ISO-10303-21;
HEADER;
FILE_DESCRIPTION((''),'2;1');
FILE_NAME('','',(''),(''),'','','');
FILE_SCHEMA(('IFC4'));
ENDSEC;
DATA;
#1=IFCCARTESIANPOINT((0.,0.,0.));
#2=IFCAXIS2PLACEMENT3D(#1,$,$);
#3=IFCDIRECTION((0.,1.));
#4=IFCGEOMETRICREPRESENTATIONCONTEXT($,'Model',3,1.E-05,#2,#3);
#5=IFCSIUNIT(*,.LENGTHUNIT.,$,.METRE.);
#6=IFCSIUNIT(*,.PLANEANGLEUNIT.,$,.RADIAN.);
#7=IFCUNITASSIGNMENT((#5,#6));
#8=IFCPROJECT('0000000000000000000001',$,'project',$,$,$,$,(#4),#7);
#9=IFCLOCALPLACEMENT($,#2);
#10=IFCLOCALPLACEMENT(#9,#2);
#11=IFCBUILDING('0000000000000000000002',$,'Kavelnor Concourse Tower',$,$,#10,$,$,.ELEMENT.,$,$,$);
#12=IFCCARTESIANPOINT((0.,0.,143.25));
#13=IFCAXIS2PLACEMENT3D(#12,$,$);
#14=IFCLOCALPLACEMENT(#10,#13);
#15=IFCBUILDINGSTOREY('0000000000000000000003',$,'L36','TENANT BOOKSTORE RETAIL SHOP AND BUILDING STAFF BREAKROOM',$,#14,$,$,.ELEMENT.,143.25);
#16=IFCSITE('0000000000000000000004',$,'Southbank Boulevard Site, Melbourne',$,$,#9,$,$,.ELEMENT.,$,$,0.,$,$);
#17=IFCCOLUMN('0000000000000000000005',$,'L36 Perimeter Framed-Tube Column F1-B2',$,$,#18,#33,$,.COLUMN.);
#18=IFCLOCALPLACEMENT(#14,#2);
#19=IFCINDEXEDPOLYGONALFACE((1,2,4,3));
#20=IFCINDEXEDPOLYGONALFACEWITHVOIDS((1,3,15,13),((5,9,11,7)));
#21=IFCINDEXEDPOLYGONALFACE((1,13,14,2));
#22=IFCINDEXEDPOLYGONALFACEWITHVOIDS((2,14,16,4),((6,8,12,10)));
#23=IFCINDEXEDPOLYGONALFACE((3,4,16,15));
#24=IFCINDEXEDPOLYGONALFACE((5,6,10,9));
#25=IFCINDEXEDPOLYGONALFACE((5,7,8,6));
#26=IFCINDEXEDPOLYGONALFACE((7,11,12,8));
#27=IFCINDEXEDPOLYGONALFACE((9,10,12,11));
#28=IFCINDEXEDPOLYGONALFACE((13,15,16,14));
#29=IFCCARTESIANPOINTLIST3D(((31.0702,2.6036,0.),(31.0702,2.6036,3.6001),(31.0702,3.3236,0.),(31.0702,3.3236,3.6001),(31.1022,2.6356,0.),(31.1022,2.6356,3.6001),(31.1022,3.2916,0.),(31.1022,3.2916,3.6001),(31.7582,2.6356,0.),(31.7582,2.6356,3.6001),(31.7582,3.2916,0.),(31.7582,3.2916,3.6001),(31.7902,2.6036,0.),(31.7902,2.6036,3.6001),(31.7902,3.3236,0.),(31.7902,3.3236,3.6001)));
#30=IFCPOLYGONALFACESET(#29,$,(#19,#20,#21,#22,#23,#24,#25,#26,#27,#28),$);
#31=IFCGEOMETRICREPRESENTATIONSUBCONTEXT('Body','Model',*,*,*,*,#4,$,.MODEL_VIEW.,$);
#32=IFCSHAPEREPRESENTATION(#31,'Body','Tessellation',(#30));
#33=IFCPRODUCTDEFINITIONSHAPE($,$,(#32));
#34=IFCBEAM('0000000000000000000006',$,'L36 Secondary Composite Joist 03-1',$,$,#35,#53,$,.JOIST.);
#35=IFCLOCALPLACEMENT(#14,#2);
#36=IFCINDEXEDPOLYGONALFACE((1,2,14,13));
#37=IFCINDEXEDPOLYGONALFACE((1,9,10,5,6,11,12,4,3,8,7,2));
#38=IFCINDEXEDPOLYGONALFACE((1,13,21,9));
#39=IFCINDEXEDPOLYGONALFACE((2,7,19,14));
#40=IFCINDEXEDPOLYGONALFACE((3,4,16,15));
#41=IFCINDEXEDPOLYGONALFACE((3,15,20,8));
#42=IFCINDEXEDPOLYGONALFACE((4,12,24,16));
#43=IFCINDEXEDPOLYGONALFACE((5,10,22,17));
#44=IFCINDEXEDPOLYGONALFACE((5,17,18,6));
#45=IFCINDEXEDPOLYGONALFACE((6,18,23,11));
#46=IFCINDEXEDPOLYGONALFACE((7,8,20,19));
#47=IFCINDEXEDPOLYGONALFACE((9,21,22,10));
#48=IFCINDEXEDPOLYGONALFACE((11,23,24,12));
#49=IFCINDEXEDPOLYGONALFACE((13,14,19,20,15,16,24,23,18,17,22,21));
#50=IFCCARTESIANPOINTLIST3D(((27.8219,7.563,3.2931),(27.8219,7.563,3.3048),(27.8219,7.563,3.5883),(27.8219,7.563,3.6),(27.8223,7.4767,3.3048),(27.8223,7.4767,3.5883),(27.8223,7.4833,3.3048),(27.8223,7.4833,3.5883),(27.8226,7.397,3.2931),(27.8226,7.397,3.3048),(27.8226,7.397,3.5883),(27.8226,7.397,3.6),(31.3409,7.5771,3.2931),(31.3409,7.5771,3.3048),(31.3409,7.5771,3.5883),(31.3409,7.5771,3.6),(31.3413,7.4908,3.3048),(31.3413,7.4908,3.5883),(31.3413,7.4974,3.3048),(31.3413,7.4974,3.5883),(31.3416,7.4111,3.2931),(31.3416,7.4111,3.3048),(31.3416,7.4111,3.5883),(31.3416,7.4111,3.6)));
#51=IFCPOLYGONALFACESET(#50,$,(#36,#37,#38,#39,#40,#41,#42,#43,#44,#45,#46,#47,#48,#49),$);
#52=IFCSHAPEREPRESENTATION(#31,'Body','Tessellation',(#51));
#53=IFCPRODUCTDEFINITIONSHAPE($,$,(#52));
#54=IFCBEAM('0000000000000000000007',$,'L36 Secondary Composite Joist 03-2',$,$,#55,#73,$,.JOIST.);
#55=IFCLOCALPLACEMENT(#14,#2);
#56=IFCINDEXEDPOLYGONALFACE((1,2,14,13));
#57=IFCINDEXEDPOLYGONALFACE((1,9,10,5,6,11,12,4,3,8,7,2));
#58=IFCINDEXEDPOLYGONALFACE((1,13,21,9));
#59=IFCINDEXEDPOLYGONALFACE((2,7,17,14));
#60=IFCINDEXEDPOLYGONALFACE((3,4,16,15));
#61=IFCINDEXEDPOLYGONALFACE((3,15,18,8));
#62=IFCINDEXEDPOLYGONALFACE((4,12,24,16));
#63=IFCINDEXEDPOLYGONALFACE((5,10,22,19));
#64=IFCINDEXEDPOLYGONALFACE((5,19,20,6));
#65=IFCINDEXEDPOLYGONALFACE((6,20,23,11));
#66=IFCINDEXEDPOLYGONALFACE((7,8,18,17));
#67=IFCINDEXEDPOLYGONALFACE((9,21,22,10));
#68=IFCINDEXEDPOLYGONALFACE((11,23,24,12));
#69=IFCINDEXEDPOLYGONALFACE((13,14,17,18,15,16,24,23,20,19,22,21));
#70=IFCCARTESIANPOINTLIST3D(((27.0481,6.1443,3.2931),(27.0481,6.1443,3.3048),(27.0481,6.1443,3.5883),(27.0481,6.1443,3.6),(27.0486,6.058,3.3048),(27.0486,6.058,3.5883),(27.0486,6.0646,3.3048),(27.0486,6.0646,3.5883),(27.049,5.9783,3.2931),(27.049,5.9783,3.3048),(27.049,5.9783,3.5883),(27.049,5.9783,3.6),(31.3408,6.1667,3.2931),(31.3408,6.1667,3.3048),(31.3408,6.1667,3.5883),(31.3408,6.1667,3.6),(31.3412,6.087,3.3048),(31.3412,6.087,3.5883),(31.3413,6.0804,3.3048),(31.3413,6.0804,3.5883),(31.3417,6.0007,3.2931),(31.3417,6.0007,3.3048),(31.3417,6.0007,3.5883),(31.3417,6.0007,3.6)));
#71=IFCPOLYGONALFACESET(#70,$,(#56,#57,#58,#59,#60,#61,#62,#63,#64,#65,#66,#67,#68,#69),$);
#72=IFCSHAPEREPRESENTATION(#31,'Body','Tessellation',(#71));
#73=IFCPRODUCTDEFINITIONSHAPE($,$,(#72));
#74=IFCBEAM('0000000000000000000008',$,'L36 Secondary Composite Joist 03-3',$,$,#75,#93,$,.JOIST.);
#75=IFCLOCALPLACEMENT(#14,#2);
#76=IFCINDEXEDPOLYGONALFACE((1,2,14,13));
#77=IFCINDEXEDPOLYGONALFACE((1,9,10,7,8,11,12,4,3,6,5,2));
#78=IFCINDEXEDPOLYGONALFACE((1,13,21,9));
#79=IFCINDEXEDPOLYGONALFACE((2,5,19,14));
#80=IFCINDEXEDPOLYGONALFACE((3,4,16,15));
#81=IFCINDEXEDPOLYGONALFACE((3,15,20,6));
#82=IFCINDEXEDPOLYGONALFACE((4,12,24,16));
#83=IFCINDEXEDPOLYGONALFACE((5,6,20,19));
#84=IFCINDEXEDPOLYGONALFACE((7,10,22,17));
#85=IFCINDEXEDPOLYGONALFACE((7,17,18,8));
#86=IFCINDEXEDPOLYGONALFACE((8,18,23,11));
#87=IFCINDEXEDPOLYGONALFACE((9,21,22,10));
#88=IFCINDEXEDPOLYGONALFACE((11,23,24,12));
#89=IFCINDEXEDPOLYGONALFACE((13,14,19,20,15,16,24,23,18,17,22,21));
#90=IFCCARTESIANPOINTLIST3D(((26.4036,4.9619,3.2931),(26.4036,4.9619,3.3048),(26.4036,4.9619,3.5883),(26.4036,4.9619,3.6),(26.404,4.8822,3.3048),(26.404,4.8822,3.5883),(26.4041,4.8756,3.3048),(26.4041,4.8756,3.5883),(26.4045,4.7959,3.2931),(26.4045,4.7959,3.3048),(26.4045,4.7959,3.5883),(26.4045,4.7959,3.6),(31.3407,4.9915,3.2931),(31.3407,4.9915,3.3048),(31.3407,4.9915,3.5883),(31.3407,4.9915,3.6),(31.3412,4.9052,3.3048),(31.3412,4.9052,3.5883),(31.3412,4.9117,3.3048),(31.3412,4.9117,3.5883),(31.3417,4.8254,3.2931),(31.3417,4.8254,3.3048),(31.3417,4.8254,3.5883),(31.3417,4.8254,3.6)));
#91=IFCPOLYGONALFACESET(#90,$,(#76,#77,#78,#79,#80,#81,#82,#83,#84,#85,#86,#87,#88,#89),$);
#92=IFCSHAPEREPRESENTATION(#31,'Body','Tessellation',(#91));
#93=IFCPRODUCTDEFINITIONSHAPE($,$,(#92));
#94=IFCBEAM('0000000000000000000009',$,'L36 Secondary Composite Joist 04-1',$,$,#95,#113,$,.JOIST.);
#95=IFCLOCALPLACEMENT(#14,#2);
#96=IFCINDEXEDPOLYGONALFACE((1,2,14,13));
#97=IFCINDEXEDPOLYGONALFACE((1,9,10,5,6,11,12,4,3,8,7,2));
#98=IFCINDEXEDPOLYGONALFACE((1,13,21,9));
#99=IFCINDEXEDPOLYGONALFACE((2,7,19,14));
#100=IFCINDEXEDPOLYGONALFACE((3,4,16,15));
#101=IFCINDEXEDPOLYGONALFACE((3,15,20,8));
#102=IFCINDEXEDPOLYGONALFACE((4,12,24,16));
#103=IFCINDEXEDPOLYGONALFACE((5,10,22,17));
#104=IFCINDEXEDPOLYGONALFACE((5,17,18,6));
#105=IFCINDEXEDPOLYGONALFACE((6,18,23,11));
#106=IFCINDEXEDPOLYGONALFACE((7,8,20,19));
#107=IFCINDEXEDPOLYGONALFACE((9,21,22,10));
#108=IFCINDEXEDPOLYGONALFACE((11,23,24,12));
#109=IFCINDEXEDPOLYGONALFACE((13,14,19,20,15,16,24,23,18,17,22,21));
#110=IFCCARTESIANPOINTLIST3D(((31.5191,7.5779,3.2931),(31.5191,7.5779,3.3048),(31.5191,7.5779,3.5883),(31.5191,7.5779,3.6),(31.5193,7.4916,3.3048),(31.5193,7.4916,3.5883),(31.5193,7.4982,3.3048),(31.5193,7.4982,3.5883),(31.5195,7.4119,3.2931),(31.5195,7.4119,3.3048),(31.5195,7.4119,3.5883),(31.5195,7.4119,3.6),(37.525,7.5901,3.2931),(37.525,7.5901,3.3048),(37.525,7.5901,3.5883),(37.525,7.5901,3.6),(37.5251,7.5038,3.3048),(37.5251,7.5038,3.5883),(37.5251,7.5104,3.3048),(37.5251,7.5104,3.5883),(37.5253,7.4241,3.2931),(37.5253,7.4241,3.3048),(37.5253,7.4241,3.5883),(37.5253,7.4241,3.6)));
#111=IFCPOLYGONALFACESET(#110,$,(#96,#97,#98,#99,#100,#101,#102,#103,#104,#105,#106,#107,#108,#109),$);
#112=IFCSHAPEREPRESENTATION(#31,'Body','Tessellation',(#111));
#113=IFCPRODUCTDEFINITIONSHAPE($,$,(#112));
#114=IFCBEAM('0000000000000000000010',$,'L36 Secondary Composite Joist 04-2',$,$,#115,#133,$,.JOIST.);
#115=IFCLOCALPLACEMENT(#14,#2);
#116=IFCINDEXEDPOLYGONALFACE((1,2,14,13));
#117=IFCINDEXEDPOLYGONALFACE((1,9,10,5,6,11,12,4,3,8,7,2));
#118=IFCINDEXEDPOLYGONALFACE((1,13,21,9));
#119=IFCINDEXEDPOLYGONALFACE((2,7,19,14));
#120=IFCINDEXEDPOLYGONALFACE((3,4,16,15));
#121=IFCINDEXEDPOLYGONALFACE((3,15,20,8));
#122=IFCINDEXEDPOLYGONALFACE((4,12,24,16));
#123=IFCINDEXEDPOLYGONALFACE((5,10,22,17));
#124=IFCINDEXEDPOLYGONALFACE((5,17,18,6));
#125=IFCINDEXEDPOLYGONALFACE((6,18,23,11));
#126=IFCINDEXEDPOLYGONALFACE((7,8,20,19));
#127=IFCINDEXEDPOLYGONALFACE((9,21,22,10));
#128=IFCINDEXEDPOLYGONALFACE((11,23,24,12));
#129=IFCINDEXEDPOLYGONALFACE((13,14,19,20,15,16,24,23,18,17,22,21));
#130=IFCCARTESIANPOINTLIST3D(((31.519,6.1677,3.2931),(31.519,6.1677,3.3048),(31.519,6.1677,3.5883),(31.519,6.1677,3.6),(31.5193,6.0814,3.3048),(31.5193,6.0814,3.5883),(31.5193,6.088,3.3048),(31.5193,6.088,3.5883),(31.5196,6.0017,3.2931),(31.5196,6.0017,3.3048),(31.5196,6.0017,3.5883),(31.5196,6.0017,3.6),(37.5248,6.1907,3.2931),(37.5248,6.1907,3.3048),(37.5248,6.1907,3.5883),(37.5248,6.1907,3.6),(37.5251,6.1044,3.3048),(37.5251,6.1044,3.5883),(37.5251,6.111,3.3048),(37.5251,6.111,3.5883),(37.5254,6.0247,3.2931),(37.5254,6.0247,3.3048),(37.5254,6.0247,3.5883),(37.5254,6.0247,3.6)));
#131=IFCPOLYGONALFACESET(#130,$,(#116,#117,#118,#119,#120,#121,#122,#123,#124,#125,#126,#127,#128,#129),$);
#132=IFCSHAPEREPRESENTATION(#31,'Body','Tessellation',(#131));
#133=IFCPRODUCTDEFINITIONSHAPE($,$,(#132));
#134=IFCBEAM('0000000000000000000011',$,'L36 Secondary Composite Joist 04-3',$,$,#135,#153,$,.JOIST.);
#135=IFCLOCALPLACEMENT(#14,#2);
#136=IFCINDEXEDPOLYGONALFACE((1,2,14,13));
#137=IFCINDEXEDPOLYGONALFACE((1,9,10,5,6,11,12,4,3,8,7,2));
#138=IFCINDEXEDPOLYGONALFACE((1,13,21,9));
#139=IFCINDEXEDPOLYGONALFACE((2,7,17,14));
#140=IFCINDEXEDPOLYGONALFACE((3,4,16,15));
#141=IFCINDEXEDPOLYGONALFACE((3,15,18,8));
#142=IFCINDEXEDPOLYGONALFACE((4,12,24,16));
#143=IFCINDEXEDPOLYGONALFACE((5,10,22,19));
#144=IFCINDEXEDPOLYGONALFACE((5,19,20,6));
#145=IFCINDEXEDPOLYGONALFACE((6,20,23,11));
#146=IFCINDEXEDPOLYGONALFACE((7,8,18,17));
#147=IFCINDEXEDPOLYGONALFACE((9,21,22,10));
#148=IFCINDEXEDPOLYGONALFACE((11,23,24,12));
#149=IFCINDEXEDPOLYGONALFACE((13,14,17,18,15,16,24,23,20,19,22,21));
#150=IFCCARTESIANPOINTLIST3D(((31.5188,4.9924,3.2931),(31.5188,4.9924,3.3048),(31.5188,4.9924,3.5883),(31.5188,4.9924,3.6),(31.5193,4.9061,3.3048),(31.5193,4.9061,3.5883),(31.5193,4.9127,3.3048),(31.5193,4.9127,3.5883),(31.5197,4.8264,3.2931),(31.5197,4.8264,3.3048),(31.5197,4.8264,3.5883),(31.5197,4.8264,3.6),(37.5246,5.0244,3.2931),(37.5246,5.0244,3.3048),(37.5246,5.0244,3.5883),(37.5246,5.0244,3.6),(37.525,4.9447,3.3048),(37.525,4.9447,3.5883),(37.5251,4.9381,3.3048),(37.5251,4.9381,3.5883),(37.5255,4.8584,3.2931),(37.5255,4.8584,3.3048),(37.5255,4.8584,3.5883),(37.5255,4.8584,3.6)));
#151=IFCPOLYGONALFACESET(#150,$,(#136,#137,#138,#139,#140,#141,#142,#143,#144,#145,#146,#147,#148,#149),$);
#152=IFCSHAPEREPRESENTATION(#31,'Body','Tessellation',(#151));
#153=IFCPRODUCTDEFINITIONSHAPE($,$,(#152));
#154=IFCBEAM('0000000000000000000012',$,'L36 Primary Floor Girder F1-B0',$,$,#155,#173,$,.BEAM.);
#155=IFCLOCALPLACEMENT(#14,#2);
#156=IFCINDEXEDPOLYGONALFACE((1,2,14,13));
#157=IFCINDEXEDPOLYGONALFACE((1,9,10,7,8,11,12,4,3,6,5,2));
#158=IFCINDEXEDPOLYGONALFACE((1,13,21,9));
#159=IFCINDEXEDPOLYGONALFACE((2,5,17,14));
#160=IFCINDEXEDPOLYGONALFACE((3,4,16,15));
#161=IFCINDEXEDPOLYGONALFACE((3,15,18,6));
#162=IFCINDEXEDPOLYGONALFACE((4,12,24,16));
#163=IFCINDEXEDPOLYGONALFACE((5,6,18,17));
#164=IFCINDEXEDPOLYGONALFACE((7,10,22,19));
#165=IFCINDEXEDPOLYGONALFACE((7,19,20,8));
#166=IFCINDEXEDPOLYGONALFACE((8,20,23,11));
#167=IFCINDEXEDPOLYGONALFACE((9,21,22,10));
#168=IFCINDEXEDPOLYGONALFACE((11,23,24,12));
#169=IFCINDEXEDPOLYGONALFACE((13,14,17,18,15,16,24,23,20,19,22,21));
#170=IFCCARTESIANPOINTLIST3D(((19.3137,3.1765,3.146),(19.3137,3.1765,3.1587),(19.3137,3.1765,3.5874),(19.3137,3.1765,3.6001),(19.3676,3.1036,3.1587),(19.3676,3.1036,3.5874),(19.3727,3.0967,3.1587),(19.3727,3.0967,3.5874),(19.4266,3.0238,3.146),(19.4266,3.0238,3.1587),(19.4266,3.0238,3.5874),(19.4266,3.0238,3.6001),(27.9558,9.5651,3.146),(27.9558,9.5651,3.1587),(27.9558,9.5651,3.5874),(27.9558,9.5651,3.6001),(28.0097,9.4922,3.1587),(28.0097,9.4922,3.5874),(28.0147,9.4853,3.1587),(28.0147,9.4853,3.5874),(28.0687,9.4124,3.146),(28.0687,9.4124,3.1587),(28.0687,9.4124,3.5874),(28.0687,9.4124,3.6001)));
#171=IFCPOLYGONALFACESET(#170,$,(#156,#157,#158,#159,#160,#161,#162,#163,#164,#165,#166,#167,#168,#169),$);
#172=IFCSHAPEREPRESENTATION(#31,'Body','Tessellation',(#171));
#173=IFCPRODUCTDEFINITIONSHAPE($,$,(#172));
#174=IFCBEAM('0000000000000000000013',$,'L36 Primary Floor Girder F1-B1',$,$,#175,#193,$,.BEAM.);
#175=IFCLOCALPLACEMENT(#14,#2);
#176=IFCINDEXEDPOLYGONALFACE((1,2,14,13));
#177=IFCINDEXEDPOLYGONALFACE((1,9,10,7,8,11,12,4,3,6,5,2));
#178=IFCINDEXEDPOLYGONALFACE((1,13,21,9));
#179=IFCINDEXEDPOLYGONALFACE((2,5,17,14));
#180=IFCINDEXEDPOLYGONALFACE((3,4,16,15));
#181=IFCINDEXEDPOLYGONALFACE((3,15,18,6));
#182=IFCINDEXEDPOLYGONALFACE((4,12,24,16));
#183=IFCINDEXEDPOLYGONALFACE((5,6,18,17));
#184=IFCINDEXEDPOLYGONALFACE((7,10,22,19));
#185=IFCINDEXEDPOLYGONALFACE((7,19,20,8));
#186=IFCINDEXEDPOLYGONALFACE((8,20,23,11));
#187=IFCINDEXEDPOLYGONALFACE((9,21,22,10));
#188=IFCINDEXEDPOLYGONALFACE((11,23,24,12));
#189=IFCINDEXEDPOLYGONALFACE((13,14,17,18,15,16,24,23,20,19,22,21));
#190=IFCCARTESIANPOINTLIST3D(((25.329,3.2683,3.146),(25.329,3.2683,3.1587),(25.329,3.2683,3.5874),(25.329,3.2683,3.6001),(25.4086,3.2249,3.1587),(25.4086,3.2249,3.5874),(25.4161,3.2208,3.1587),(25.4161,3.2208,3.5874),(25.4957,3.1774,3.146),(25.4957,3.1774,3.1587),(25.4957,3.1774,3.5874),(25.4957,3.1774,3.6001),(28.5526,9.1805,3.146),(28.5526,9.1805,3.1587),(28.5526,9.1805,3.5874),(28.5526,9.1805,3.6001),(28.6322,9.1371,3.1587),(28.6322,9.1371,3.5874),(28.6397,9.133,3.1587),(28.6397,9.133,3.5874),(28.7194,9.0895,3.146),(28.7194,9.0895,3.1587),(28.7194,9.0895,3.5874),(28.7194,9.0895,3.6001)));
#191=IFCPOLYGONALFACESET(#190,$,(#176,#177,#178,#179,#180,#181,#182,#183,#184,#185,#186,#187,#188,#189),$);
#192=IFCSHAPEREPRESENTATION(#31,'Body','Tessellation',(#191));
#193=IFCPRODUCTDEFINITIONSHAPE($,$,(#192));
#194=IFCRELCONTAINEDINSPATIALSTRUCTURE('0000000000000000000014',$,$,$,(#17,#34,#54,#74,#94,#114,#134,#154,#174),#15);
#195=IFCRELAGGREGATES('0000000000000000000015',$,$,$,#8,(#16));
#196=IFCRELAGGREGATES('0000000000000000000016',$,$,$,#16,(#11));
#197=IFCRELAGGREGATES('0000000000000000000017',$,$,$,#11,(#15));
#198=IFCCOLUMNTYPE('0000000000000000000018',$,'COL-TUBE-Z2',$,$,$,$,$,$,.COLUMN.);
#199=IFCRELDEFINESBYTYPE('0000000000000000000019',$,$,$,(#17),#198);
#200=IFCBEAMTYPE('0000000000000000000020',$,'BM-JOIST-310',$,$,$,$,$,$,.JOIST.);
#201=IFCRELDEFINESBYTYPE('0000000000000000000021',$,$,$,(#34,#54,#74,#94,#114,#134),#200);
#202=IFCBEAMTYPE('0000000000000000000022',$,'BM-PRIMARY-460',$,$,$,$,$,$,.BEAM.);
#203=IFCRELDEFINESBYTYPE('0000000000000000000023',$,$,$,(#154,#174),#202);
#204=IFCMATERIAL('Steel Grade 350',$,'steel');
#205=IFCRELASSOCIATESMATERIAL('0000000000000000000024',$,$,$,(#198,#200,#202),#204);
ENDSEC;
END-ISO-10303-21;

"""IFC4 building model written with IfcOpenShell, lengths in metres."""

from ifc_helpers import new_model, si_unit, direction, frame, origin, origin_2d, place, context, subcontext, project, spatial, hollow_rectangle, i_section, extrude, material, material_profile, profile_set, type_object, element, save


model = new_model("IFC4")

# Units and contexts
model_context = context("Model", 3, precision=1e-05, world=origin(), true_north=direction((0.0, 1.0)))
body_context = subcontext(model_context, "Body", "Model", "MODEL_VIEW")
ifc_project = project(units=[si_unit("LENGTHUNIT", "METRE"), si_unit("PLANEANGLEUNIT", "RADIAN")], contexts=[model_context])

# Site, building, storey
site_placement = place(None, origin())
site = spatial("IfcSite", under=ifc_project, at=site_placement, Name="Southbank Boulevard Site, Melbourne", CompositionType="ELEMENT", RefElevation=0.0)
building_placement = place(site_placement, origin())
building = spatial("IfcBuilding", under=site, at=building_placement, Name="Kavelnor Concourse Tower", CompositionType="ELEMENT")
storey_placement = place(building_placement, frame((0.0, 0.0, 143.25)))
storey = spatial("IfcBuildingStorey", under=building, at=storey_placement, Name="L36", Description="TENANT BOOKSTORE RETAIL SHOP AND BUILDING STAFF BREAKROOM", CompositionType="ELEMENT", Elevation=143.25)

# Column
ifc_material_1 = material(Name="Steel Grade 350", Category="steel")
ifc_material_profile_1 = material_profile(ifc_material_1, hollow_rectangle(XDim=0.72, YDim=0.72, WallThickness=0.032, at=origin_2d()), Name="SHS 720x720x32")
ifc_profile_set_1 = profile_set([ifc_material_profile_1], Name="Steel Grade 350")
column_type = type_object("IfcColumnType", Name="COL-TUBE-Z2", PredefinedType="COLUMN", material=ifc_profile_set_1)
column_placement = place(storey_placement, frame((31.4302, 2.9636, 0.0), z_axis=(0.0, 0.0, 1.0), x_axis=(1.0, 0.0, 0.0)))
element("IfcColumn", 1, at=column_placement, inside=storey, type_object=column_type, Name="L36 Perimeter Framed-Tube Column F1-B2", PredefinedType="COLUMN", context=body_context, shape_type="SweptSolid", body=[
    extrude(hollow_rectangle(XDim=0.72, YDim=0.72, WallThickness=0.032, at=origin_2d()), origin(), (0.0, 0.0, 1.0), 3.6001),
])

# Beams
ifc_material_profile_2 = material_profile(ifc_material_1, i_section(OverallWidth=0.166, OverallDepth=0.3069, WebThickness=0.0066, FlangeThickness=0.0117, at=origin_2d()), Name="310UB46")
ifc_profile_set_2 = profile_set([ifc_material_profile_2], Name="Steel Grade 350")
beam_type_1 = type_object("IfcBeamType", Name="BM-JOIST-310", PredefinedType="JOIST", material=ifc_profile_set_2)
beam_1_placement = place(storey_placement, frame((27.8223, 7.48, 3.4465), z_axis=(0.999992, 0.004024, 0.0), x_axis=(-0.004024, 0.999992, 0.0)))
element("IfcBeam", 2, at=beam_1_placement, inside=storey, type_object=beam_type_1, Name="L36 Secondary Composite Joist 03-1", PredefinedType="JOIST", context=body_context, shape_type="SweptSolid", body=[
    extrude(i_section(OverallWidth=0.166, OverallDepth=0.3069, WebThickness=0.0066, FlangeThickness=0.0117, at=origin_2d()), origin(), (0.0, 0.0, 1.0), 3.519),
])
beam_2_placement = place(storey_placement, frame((27.0486, 6.0613, 3.4465), z_axis=(0.999986, 0.005232, 0.0), x_axis=(-0.005232, 0.999986, 0.0)))
element("IfcBeam", 3, at=beam_2_placement, inside=storey, type_object=beam_type_1, Name="L36 Secondary Composite Joist 03-2", PredefinedType="JOIST", context=body_context, shape_type="SweptSolid", body=[
    extrude(i_section(OverallWidth=0.166, OverallDepth=0.3069, WebThickness=0.0066, FlangeThickness=0.0117, at=origin_2d()), origin(), (0.0, 0.0, 1.0), 4.2927),
])
beam_3_placement = place(storey_placement, frame((26.4041, 4.8789, 3.4465), z_axis=(0.999982, 0.005983, 0.0), x_axis=(-0.005983, 0.999982, 0.0)))
element("IfcBeam", 4, at=beam_3_placement, inside=storey, type_object=beam_type_1, Name="L36 Secondary Composite Joist 03-3", PredefinedType="JOIST", context=body_context, shape_type="SweptSolid", body=[
    extrude(i_section(OverallWidth=0.166, OverallDepth=0.3069, WebThickness=0.0066, FlangeThickness=0.0117, at=origin_2d()), origin(), (0.0, 0.0, 1.0), 4.9373),
])
for number, where, z_axis, x_axis, name in (
    (5, (31.5193, 7.4949, 3.4465), (0.999998, 0.002033, 0.0), (-0.002033, 0.999998, 0.0), "L36 Secondary Composite Joist 04-1"),
    (6, (31.5193, 6.0847, 3.4465), (0.999993, 0.003821, 0.0), (-0.003821, 0.999993, 0.0), "L36 Secondary Composite Joist 04-2"),
    (7, (31.5193, 4.9094, 3.4465), (0.999986, 0.005325, 0.0), (-0.005325, 0.999986, 0.0), "L36 Secondary Composite Joist 04-3"),
):
    element("IfcBeam", number, at=place(storey_placement, frame(where, z_axis=z_axis, x_axis=x_axis)), inside=storey, type_object=beam_type_1, Name=name, PredefinedType="JOIST", context=body_context, shape_type="SweptSolid", body=[
        extrude(i_section(OverallWidth=0.166, OverallDepth=0.3069, WebThickness=0.0066, FlangeThickness=0.0117, at=origin_2d()), origin(), (0.0, 0.0, 1.0), 6.0059),
    ])
ifc_material_profile_3 = material_profile(ifc_material_1, i_section(OverallWidth=0.1899, OverallDepth=0.4541, WebThickness=0.0085, FlangeThickness=0.0127, at=origin_2d()), Name="460UB67")
ifc_profile_set_3 = profile_set([ifc_material_profile_3], Name="Steel Grade 350")
beam_type_2 = type_object("IfcBeamType", Name="BM-PRIMARY-460", PredefinedType="BEAM", material=ifc_profile_set_3)
beam_4_placement = place(storey_placement, frame((28.0122, 9.4888, 3.373), z_axis=(-0.80413, -0.594454, 0.0), x_axis=(0.594454, -0.80413, 0.0)))
element("IfcBeam", 8, at=beam_4_placement, inside=storey, type_object=beam_type_2, Name="L36 Primary Floor Girder F1-B0", PredefinedType="BEAM", context=body_context, shape_type="SweptSolid", body=[
    extrude(i_section(OverallWidth=0.1899, OverallDepth=0.4541, WebThickness=0.0085, FlangeThickness=0.0127, at=origin_2d()), origin(), (0.0, 0.0, 1.0), 10.7471),
])
beam_5_placement = place(storey_placement, frame((28.636, 9.135, 3.373), z_axis=(-0.47872, -0.877968, 0.0), x_axis=(0.877968, -0.47872, 0.0)))
element("IfcBeam", 9, at=beam_5_placement, inside=storey, type_object=beam_type_2, Name="L36 Primary Floor Girder F1-B1", PredefinedType="BEAM", context=body_context, shape_type="SweptSolid", body=[
    extrude(i_section(OverallWidth=0.1899, OverallDepth=0.4541, WebThickness=0.0085, FlangeThickness=0.0127, at=origin_2d()), origin(), (0.0, 0.0, 1.0), 6.7339),
])

save(model, "model.ifc")
